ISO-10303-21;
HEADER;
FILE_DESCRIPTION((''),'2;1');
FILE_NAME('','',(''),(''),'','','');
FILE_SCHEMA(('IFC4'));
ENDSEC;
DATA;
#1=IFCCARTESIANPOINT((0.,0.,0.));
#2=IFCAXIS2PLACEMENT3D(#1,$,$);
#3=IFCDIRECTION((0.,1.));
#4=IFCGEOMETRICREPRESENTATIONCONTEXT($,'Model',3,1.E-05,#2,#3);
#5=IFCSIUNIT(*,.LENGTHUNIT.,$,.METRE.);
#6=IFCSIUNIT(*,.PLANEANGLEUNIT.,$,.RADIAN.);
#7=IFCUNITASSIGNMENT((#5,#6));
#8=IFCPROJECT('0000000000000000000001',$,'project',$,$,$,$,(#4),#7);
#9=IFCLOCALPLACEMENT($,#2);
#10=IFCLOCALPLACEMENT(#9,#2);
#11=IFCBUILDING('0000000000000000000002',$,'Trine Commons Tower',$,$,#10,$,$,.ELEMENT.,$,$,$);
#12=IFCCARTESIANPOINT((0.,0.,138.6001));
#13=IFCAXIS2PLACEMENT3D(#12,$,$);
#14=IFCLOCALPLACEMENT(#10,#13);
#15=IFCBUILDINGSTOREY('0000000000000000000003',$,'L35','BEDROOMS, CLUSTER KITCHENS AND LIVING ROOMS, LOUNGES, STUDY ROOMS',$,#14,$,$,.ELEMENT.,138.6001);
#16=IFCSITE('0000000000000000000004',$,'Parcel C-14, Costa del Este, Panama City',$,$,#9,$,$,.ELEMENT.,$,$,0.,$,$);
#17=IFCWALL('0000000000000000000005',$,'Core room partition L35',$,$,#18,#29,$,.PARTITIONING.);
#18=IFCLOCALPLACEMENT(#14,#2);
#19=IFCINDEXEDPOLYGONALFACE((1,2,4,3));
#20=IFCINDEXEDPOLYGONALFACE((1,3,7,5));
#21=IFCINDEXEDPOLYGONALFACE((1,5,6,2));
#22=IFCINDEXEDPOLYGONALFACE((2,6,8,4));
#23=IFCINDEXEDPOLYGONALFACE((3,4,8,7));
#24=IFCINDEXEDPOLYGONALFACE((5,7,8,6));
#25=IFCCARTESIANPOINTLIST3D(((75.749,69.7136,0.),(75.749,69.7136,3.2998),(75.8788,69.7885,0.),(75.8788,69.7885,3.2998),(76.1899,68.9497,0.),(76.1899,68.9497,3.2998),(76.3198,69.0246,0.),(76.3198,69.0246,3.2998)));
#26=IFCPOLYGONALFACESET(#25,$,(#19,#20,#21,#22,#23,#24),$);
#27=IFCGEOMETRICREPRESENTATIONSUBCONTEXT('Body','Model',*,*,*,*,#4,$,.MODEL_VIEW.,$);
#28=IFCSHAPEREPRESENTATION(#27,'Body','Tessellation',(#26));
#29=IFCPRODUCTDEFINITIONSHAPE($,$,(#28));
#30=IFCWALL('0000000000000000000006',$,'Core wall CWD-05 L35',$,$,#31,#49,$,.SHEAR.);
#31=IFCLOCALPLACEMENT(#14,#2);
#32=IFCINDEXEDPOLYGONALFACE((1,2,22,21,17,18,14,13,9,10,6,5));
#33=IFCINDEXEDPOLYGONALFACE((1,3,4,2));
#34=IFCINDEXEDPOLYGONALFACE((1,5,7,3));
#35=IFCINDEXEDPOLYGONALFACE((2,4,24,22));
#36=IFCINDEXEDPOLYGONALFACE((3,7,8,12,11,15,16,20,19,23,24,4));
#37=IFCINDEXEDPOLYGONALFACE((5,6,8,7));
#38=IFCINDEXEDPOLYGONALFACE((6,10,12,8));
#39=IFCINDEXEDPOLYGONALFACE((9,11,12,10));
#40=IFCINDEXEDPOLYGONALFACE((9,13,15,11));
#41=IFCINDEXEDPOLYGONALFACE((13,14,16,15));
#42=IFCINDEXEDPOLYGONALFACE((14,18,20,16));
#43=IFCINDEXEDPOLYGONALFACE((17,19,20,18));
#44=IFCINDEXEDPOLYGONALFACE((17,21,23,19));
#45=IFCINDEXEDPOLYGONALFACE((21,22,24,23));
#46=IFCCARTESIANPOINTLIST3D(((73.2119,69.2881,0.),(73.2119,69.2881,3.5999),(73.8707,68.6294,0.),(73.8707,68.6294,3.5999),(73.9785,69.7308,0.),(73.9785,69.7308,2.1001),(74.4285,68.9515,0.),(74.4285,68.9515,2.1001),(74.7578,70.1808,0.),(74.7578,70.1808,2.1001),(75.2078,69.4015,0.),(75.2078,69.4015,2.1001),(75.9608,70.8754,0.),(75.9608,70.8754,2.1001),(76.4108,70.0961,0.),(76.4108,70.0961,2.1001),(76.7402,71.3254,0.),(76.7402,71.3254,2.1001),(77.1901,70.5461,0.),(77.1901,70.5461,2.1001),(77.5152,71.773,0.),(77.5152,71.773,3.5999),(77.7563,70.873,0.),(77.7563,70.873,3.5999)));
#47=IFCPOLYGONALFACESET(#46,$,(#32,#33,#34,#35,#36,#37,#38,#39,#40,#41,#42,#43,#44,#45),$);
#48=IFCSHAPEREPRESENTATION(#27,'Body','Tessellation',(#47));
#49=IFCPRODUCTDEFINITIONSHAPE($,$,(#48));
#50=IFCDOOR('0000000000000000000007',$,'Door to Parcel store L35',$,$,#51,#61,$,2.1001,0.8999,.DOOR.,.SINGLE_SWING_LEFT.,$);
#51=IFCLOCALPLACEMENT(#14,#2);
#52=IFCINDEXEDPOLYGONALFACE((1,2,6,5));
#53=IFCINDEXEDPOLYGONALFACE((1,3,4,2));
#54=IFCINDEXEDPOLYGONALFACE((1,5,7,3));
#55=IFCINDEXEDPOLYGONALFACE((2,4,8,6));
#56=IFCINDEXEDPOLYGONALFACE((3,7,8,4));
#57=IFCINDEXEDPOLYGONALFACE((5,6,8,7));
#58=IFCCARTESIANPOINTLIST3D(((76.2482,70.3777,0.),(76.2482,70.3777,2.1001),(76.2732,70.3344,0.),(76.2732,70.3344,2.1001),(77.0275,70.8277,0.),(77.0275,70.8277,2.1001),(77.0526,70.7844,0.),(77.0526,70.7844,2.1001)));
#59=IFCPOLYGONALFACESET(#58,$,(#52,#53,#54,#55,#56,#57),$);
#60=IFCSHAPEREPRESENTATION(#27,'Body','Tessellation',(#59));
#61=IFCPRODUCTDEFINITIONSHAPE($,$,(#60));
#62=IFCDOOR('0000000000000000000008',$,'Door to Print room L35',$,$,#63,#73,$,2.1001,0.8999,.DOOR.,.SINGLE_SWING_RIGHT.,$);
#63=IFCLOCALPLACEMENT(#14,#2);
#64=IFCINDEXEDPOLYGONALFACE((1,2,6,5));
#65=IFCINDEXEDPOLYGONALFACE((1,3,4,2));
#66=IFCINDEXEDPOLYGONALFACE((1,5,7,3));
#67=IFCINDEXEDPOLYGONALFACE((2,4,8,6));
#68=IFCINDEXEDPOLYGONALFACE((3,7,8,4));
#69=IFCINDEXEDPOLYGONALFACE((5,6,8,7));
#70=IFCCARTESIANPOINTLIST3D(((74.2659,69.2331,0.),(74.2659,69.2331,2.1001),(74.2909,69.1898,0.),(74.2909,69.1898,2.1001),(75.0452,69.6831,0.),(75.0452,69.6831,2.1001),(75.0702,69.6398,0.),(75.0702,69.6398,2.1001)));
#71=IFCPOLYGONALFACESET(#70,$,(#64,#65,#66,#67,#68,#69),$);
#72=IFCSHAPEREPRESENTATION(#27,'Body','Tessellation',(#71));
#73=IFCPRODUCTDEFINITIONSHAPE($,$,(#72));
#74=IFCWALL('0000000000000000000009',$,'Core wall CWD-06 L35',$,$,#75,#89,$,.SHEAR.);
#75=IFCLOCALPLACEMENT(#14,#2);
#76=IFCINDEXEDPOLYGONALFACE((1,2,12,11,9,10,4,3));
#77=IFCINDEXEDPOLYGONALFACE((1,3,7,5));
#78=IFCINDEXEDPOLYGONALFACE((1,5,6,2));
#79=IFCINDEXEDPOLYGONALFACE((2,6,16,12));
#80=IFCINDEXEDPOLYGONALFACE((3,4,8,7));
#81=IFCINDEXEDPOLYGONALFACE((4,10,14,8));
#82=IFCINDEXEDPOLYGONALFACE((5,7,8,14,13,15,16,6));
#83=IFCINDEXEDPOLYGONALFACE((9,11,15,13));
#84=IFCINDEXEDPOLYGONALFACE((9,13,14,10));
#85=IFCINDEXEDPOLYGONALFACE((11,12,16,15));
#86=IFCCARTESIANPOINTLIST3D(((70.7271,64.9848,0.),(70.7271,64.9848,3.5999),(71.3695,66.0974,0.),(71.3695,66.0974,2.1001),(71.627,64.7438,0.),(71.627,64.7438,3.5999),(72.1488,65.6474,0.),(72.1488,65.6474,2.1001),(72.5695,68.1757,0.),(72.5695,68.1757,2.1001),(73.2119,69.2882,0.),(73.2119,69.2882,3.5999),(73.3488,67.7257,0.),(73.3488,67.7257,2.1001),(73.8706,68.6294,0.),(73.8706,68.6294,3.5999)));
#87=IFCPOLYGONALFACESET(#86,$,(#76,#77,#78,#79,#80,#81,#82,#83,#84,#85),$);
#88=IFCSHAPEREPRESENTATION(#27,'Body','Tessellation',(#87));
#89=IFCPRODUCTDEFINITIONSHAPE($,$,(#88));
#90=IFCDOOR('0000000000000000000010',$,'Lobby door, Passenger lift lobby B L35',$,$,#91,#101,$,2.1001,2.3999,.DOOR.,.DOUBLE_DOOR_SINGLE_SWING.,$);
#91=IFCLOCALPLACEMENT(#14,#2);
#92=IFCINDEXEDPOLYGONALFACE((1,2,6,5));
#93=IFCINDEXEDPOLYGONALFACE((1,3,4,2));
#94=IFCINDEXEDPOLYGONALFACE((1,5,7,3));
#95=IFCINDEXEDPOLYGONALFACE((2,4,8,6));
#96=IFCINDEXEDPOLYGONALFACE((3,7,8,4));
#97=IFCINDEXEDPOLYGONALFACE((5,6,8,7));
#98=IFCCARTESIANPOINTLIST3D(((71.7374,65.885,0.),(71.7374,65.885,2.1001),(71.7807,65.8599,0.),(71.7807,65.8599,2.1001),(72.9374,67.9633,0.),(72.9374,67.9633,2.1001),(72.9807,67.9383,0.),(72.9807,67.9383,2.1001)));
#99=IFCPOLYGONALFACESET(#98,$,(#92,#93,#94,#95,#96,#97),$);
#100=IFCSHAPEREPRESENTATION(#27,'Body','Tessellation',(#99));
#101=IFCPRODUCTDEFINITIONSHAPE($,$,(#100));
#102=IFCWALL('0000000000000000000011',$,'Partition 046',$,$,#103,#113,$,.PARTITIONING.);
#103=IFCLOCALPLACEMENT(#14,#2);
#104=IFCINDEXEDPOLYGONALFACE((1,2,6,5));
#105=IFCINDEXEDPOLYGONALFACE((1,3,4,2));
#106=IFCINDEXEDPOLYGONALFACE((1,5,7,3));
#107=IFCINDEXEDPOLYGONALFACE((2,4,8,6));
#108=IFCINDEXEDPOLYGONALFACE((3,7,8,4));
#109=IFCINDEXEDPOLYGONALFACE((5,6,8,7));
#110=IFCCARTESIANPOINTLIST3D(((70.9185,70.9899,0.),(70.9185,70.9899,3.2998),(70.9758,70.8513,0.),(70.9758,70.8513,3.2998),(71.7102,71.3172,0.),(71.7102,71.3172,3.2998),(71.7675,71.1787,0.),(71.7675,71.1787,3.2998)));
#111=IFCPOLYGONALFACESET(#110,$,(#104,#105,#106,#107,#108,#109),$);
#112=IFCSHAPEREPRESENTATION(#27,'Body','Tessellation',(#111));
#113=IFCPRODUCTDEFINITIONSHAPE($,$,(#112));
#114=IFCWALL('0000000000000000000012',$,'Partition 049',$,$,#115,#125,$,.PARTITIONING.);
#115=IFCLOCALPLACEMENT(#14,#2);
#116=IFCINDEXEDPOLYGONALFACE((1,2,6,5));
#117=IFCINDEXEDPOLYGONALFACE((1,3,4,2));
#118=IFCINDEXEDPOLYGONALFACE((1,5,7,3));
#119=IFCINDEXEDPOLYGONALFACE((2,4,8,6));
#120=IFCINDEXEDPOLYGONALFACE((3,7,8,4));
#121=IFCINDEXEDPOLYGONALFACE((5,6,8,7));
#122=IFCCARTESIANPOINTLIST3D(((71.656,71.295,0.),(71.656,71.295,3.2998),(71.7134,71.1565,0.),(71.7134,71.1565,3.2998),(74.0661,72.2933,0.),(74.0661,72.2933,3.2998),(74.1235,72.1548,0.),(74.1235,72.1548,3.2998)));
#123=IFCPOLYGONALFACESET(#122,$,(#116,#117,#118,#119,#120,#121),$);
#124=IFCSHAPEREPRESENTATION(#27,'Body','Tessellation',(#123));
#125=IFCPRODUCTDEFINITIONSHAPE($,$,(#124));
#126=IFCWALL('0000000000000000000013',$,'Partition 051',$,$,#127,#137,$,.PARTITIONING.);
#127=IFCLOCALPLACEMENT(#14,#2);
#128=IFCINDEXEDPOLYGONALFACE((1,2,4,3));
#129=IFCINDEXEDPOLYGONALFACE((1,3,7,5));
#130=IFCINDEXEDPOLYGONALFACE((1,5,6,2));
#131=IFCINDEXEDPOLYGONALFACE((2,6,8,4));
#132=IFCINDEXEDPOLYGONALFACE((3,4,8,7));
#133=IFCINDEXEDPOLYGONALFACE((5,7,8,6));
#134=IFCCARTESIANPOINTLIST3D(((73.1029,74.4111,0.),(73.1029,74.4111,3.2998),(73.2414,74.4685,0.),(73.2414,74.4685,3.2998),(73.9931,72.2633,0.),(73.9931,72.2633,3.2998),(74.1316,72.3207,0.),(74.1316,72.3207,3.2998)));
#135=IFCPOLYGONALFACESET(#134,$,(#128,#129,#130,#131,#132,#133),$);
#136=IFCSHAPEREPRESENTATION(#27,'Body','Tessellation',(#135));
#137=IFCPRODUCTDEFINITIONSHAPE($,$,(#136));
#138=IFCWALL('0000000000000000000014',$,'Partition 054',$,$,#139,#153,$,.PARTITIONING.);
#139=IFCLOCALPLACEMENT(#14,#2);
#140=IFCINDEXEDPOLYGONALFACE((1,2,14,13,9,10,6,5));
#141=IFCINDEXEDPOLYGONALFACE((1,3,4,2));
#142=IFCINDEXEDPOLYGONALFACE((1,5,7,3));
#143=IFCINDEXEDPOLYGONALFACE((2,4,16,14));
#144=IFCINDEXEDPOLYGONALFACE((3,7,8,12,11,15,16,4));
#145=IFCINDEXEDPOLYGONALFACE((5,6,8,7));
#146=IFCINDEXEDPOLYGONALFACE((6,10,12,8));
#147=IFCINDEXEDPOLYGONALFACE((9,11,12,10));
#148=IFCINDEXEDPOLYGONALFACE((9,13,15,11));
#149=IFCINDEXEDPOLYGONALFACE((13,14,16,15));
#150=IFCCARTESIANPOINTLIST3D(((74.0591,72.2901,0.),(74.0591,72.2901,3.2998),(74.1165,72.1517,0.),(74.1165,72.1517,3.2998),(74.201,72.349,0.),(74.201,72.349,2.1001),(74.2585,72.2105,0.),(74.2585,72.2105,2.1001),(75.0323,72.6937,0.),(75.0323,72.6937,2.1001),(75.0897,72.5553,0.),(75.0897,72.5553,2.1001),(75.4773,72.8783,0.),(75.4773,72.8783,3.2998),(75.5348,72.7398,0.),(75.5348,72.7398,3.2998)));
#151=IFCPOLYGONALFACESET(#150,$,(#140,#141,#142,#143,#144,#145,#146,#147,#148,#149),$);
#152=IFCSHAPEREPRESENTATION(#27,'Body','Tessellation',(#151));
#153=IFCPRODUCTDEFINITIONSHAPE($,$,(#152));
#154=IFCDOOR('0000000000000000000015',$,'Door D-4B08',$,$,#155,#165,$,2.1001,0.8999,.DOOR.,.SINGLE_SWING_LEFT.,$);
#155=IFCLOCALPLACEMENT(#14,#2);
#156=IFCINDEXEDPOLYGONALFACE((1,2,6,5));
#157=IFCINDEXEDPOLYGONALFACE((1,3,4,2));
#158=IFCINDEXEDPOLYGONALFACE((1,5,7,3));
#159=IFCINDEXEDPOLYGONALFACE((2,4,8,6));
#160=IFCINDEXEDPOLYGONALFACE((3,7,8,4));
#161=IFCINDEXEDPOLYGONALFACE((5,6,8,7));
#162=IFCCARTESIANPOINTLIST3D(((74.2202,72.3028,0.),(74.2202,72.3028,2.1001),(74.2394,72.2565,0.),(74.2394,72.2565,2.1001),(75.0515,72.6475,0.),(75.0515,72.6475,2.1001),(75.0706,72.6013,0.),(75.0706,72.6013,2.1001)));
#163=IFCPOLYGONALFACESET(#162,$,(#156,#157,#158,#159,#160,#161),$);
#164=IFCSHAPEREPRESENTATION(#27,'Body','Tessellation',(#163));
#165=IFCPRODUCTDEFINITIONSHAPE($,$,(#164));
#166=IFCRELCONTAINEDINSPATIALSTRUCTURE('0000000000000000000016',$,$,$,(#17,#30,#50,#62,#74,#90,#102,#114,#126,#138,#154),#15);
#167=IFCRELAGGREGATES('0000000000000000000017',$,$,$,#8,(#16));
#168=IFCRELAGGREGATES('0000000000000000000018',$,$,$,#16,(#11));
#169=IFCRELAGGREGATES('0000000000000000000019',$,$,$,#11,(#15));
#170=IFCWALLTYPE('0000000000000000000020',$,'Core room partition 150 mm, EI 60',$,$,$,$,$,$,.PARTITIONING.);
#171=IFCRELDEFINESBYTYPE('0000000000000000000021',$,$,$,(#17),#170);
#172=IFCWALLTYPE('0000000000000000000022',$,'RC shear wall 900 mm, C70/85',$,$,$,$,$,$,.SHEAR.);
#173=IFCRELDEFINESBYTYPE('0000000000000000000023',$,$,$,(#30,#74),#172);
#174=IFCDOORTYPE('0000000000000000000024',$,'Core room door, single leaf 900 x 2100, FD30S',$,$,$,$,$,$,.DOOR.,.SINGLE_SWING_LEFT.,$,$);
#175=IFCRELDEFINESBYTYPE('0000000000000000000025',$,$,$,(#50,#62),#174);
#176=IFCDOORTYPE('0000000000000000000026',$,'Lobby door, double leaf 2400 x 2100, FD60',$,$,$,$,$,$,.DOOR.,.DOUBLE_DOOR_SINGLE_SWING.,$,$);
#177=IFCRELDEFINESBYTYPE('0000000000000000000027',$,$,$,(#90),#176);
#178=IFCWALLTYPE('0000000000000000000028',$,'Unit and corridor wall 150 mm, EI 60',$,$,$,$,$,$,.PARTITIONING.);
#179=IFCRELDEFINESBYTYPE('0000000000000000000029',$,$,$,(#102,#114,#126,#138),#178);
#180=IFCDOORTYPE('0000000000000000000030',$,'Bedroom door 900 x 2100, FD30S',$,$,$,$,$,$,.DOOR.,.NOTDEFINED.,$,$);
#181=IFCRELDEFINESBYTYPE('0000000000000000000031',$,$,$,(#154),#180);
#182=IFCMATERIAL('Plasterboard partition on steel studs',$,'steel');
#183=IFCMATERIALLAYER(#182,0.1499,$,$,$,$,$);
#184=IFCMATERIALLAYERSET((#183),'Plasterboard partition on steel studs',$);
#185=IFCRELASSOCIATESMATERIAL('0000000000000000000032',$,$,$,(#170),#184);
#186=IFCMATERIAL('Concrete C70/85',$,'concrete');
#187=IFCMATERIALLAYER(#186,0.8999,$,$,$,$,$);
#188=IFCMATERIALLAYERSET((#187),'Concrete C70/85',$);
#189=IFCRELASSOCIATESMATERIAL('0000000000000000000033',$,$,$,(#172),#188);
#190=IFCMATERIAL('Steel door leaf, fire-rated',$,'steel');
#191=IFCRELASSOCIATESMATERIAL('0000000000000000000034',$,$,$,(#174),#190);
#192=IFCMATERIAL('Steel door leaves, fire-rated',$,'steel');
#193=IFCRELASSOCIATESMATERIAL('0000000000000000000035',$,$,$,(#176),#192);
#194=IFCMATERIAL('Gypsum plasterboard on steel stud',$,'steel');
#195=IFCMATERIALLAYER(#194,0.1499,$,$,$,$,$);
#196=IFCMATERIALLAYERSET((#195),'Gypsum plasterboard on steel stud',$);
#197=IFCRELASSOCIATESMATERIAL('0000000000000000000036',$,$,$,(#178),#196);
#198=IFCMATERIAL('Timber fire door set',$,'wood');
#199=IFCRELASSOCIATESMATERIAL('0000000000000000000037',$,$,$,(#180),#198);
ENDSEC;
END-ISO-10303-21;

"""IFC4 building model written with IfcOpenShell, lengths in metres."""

from ifc_helpers import new_model, si_unit, direction, frame, frame_2d, origin, place, context, subcontext, project, spatial, polyline, rectangle, outline, extrude, material, layer, layer_set, type_object, element, fill, save


model = new_model("IFC4")

# Units and contexts
model_context = context("Model", 3, precision=1e-05, world=origin(), true_north=direction((0.0, 1.0)))
body_context = subcontext(model_context, "Body", "Model", "MODEL_VIEW")
ifc_project = project(units=[si_unit("LENGTHUNIT", "METRE"), si_unit("PLANEANGLEUNIT", "RADIAN")], contexts=[model_context])

# Site, building, storey
site_placement = place(None, origin())
site = spatial("IfcSite", under=ifc_project, at=site_placement, Name="Parcel C-14, Costa del Este, Panama City", CompositionType="ELEMENT", RefElevation=0.0)
building_placement = place(site_placement, origin())
building = spatial("IfcBuilding", under=site, at=building_placement, Name="Trine Commons Tower", CompositionType="ELEMENT")
storey_placement = place(building_placement, frame((0.0, 0.0, 138.6001)))
storey = spatial("IfcBuildingStorey", under=building, at=storey_placement, Name="L35", Description="BEDROOMS, CLUSTER KITCHENS AND LIVING ROOMS, LOUNGES, STUDY ROOMS", CompositionType="ELEMENT", Elevation=138.6001)

# Wall
ifc_material_1 = material(Name="Plasterboard partition on steel studs", Category="steel")
ifc_layer_1 = layer(ifc_material_1, 0.1499)
ifc_layer_set_1 = layer_set([ifc_layer_1], Name="Plasterboard partition on steel studs")
wall_type_1 = type_object("IfcWallType", Name="Core room partition 150 mm, EI 60", PredefinedType="PARTITIONING", material=ifc_layer_set_1)
wall_1_placement = place(storey_placement, frame((75.814, 69.751, 0.0), z_axis=(0.0, 0.0, 1.0), x_axis=(0.49989, -0.866089, 0.0)))
element("IfcWall", 1, at=wall_1_placement, inside=storey, type_object=wall_type_1, Name="Core room partition L35", PredefinedType="PARTITIONING", context=body_context, shape_type="SweptSolid", body=[
    extrude(rectangle(XDim=0.8821, YDim=0.1499, at=frame_2d((0.4409, 0.0))), origin(), (0.0, 0.0, 1.0), 3.2998),
])

# Wall, openings, doors
ifc_material_2 = material(Name="Concrete C70/85", Category="concrete")
ifc_layer_2 = layer(ifc_material_2, 0.8999)
ifc_layer_set_2 = layer_set([ifc_layer_2], Name="Concrete C70/85")
wall_type_2 = type_object("IfcWallType", Name="RC shear wall 900 mm, C70/85", PredefinedType="SHEAR", material=ifc_layer_set_2)
wall_2_placement = place(storey_placement, frame((77.7402, 71.3833, 0.0), z_axis=(0.0, 0.0, 1.0), x_axis=(-0.866003, -0.500039, 0.0)))
wall_2 = element("IfcWall", 2, at=wall_2_placement, inside=storey, type_object=wall_type_2, Name="Core wall CWD-05 L35", PredefinedType="SHEAR", context=body_context, shape_type="SweptSolid", body=[
    extrude(outline(polyline([(0.0, -0.45), (4.9692, -0.45), (4.728, 0.45), (0.2412, 0.45), (0.0, -0.45)])), origin(), (0.0, 0.0, 1.0), 3.5999),
])
opening_1_placement = place(wall_2_placement, frame((0.895, 0.0, 0.0)))
opening_1 = element("IfcOpeningElement", 3, at=opening_1_placement, cuts=wall_2, PredefinedType="OPENING", context=body_context, shape_type="SweptSolid", body=[
    extrude(rectangle(XDim=0.8999, YDim=2.1001, at=frame_2d((0.45, 1.05))), frame((0.0, 0.46, 0.0), z_axis=(0.0, -1.0, 0.0), x_axis=(1.0, 0.0, 0.0)), (0.0, 0.0, 1.0), 0.9199),
])
opening_2_placement = place(wall_2_placement, frame((3.1841, 0.0, 0.0)))
opening_2 = element("IfcOpeningElement", 4, at=opening_2_placement, cuts=wall_2, PredefinedType="OPENING", context=body_context, shape_type="SweptSolid", body=[
    extrude(rectangle(XDim=0.8999, YDim=2.1001, at=frame_2d((0.45, 1.05))), frame((0.0, 0.46, 0.0), z_axis=(0.0, -1.0, 0.0), x_axis=(1.0, 0.0, 0.0)), (0.0, 0.0, 1.0), 0.9199),
])
ifc_material_3 = material(Name="Steel door leaf, fire-rated", Category="steel")
door_type_1 = type_object("IfcDoorType", Name="Core room door, single leaf 900 x 2100, FD30S", OperationType="SINGLE_SWING_LEFT", PredefinedType="DOOR", material=ifc_material_3)
door_1_placement = place(opening_1_placement, origin())
door_1 = element("IfcDoor", 5, at=door_1_placement, inside=storey, type_object=door_type_1, Name="Door to Parcel store L35", OperationType="SINGLE_SWING_LEFT", OverallHeight=2.1001, OverallWidth=0.8999, PredefinedType="DOOR", context=body_context, shape_type="SweptSolid", body=[
    extrude(rectangle(XDim=0.8999, YDim=2.1001, at=frame_2d((0.45, 1.05))), frame((0.0, 0.1748, 0.0), z_axis=(0.0, -1.0, 0.0), x_axis=(1.0, 0.0, 0.0)), (0.0, 0.0, 1.0), 0.05),
])
fill(opening_1, door_1)
door_2_placement = place(opening_2_placement, origin())
door_2 = element("IfcDoor", 6, at=door_2_placement, inside=storey, type_object=door_type_1, Name="Door to Print room L35", OperationType="SINGLE_SWING_RIGHT", OverallHeight=2.1001, OverallWidth=0.8999, PredefinedType="DOOR", context=body_context, shape_type="SweptSolid", body=[
    extrude(rectangle(XDim=0.8999, YDim=2.1001, at=frame_2d((0.45, 1.05))), frame((0.0, 0.1748, 0.0), z_axis=(0.0, -1.0, 0.0), x_axis=(1.0, 0.0, 0.0)), (0.0, 0.0, 1.0), 0.05),
])
fill(opening_2, door_2)

# Wall, opening, door
wall_3_placement = place(storey_placement, frame((73.6016, 69.0632, 0.0), z_axis=(0.0, 0.0, 1.0), x_axis=(-0.500039, -0.866003, 0.0)))
wall_3 = element("IfcWall", 7, at=wall_3_placement, inside=storey, type_object=wall_type_2, Name="Core wall CWD-06 L35", PredefinedType="SHEAR", context=body_context, shape_type="SweptSolid", body=[
    extrude(outline(polyline([(0.0, -0.45), (4.9692, -0.45), (4.728, 0.45), (0.2412, 0.45), (0.0, -0.45)])), origin(), (0.0, 0.0, 1.0), 3.5999),
])
opening_3_placement = place(wall_3_placement, frame((1.2847, 0.0, 0.0)))
opening_3 = element("IfcOpeningElement", 8, at=opening_3_placement, cuts=wall_3, PredefinedType="OPENING", context=body_context, shape_type="SweptSolid", body=[
    extrude(rectangle(XDim=2.3999, YDim=2.1001, at=frame_2d((1.2, 1.05))), frame((0.0, 0.46, 0.0), z_axis=(0.0, -1.0, 0.0), x_axis=(1.0, 0.0, 0.0)), (0.0, 0.0, 1.0), 0.9199),
])
ifc_material_4 = material(Name="Steel door leaves, fire-rated", Category="steel")
door_type_2 = type_object("IfcDoorType", Name="Lobby door, double leaf 2400 x 2100, FD60", OperationType="DOUBLE_DOOR_SINGLE_SWING", PredefinedType="DOOR", material=ifc_material_4)
door_3_placement = place(opening_3_placement, origin())
door_3 = element("IfcDoor", 9, at=door_3_placement, inside=storey, type_object=door_type_2, Name="Lobby door, Passenger lift lobby B L35", OperationType="DOUBLE_DOOR_SINGLE_SWING", OverallHeight=2.1001, OverallWidth=2.3999, PredefinedType="DOOR", context=body_context, shape_type="SweptSolid", body=[
    extrude(rectangle(XDim=2.3999, YDim=2.1001, at=frame_2d((1.2, 1.05))), frame((0.0, 0.0249, 0.0), z_axis=(0.0, -1.0, 0.0), x_axis=(1.0, 0.0, 0.0)), (0.0, 0.0, 1.0), 0.05),
])
fill(opening_3, door_3)

# Walls
ifc_material_5 = material(Name="Gypsum plasterboard on steel stud", Category="steel")
ifc_layer_3 = layer(ifc_material_5, 0.1499)
ifc_layer_set_3 = layer_set([ifc_layer_3], Name="Gypsum plasterboard on steel stud")
wall_type_3 = type_object("IfcWallType", Name="Unit and corridor wall 150 mm, EI 60", PredefinedType="PARTITIONING", material=ifc_layer_set_3)
wall_4_placement = place(storey_placement, frame((70.9473, 70.9207, 0.0), z_axis=(0.0, 0.0, 1.0), x_axis=(0.924111, 0.382125, 0.0)))
element("IfcWall", 10, at=wall_4_placement, inside=storey, type_object=wall_type_3, Name="Partition 046", PredefinedType="PARTITIONING", context=body_context, shape_type="SweptSolid", body=[
    extrude(rectangle(XDim=0.8567, YDim=0.1499, at=frame_2d((0.4282, 0.0))), origin(), (0.0, 0.0, 1.0), 3.2998),
])
wall_5_placement = place(storey_placement, frame((71.6848, 71.2258, 0.0), z_axis=(0.0, 0.0, 1.0), x_axis=(0.923883, 0.382674, 0.0)))
element("IfcWall", 11, at=wall_5_placement, inside=storey, type_object=wall_type_3, Name="Partition 049", PredefinedType="PARTITIONING", context=body_context, shape_type="SweptSolid", body=[
    extrude(rectangle(XDim=2.6086, YDim=0.1499, at=frame_2d((1.3042, 0.0))), origin(), (0.0, 0.0, 1.0), 3.2998),
])
wall_6_placement = place(storey_placement, frame((73.1721, 74.4399, 0.0), z_axis=(0.0, 0.0, 1.0), x_axis=(0.382877, -0.923799, 0.0)))
element("IfcWall", 12, at=wall_6_placement, inside=storey, type_object=wall_type_3, Name="Partition 051", PredefinedType="PARTITIONING", context=body_context, shape_type="SweptSolid", body=[
    extrude(rectangle(XDim=2.325, YDim=0.1499, at=frame_2d((1.1626, 0.0))), origin(), (0.0, 0.0, 1.0), 3.2998),
])

# Wall, opening, door
wall_7_placement = place(storey_placement, frame((74.0879, 72.2209, 0.0), z_axis=(0.0, 0.0, 1.0), x_axis=(0.92372, 0.383068, 0.0)))
wall_7 = element("IfcWall", 13, at=wall_7_placement, inside=storey, type_object=wall_type_3, Name="Partition 054", PredefinedType="PARTITIONING", context=body_context, shape_type="SweptSolid", body=[
    extrude(rectangle(XDim=1.5354, YDim=0.1499, at=frame_2d((0.7676, 0.0))), origin(), (0.0, 0.0, 1.0), 3.2998),
])
opening_4_placement = place(wall_7_placement, frame((0.1536, 0.0, 0.0)))
opening_4 = element("IfcOpeningElement", 14, at=opening_4_placement, cuts=wall_7, PredefinedType="OPENING", context=body_context, shape_type="SweptSolid", body=[
    extrude(rectangle(XDim=0.8999, YDim=2.1001, at=frame_2d((0.45, 1.05))), frame((0.0, 0.085, 0.0), z_axis=(0.0, -1.0, 0.0), x_axis=(1.0, 0.0, 0.0)), (0.0, 0.0, 1.0), 0.1699),
])
ifc_material_6 = material(Name="Timber fire door set", Category="wood")
door_type_3 = type_object("IfcDoorType", Name="Bedroom door 900 x 2100, FD30S", OperationType="NOTDEFINED", PredefinedType="DOOR", material=ifc_material_6)
door_4_placement = place(opening_4_placement, origin())
door_4 = element("IfcDoor", 15, at=door_4_placement, inside=storey, type_object=door_type_3, Name="Door D-4B08", OperationType="SINGLE_SWING_LEFT", OverallHeight=2.1001, OverallWidth=0.8999, PredefinedType="DOOR", context=body_context, shape_type="SweptSolid", body=[
    extrude(rectangle(XDim=0.8999, YDim=2.1001, at=frame_2d((0.45, 1.05))), frame((0.0, 0.0249, 0.0), z_axis=(0.0, -1.0, 0.0), x_axis=(1.0, 0.0, 0.0)), (0.0, 0.0, 1.0), 0.05),
])
fill(opening_4, door_4)

save(model, "model.ifc")
